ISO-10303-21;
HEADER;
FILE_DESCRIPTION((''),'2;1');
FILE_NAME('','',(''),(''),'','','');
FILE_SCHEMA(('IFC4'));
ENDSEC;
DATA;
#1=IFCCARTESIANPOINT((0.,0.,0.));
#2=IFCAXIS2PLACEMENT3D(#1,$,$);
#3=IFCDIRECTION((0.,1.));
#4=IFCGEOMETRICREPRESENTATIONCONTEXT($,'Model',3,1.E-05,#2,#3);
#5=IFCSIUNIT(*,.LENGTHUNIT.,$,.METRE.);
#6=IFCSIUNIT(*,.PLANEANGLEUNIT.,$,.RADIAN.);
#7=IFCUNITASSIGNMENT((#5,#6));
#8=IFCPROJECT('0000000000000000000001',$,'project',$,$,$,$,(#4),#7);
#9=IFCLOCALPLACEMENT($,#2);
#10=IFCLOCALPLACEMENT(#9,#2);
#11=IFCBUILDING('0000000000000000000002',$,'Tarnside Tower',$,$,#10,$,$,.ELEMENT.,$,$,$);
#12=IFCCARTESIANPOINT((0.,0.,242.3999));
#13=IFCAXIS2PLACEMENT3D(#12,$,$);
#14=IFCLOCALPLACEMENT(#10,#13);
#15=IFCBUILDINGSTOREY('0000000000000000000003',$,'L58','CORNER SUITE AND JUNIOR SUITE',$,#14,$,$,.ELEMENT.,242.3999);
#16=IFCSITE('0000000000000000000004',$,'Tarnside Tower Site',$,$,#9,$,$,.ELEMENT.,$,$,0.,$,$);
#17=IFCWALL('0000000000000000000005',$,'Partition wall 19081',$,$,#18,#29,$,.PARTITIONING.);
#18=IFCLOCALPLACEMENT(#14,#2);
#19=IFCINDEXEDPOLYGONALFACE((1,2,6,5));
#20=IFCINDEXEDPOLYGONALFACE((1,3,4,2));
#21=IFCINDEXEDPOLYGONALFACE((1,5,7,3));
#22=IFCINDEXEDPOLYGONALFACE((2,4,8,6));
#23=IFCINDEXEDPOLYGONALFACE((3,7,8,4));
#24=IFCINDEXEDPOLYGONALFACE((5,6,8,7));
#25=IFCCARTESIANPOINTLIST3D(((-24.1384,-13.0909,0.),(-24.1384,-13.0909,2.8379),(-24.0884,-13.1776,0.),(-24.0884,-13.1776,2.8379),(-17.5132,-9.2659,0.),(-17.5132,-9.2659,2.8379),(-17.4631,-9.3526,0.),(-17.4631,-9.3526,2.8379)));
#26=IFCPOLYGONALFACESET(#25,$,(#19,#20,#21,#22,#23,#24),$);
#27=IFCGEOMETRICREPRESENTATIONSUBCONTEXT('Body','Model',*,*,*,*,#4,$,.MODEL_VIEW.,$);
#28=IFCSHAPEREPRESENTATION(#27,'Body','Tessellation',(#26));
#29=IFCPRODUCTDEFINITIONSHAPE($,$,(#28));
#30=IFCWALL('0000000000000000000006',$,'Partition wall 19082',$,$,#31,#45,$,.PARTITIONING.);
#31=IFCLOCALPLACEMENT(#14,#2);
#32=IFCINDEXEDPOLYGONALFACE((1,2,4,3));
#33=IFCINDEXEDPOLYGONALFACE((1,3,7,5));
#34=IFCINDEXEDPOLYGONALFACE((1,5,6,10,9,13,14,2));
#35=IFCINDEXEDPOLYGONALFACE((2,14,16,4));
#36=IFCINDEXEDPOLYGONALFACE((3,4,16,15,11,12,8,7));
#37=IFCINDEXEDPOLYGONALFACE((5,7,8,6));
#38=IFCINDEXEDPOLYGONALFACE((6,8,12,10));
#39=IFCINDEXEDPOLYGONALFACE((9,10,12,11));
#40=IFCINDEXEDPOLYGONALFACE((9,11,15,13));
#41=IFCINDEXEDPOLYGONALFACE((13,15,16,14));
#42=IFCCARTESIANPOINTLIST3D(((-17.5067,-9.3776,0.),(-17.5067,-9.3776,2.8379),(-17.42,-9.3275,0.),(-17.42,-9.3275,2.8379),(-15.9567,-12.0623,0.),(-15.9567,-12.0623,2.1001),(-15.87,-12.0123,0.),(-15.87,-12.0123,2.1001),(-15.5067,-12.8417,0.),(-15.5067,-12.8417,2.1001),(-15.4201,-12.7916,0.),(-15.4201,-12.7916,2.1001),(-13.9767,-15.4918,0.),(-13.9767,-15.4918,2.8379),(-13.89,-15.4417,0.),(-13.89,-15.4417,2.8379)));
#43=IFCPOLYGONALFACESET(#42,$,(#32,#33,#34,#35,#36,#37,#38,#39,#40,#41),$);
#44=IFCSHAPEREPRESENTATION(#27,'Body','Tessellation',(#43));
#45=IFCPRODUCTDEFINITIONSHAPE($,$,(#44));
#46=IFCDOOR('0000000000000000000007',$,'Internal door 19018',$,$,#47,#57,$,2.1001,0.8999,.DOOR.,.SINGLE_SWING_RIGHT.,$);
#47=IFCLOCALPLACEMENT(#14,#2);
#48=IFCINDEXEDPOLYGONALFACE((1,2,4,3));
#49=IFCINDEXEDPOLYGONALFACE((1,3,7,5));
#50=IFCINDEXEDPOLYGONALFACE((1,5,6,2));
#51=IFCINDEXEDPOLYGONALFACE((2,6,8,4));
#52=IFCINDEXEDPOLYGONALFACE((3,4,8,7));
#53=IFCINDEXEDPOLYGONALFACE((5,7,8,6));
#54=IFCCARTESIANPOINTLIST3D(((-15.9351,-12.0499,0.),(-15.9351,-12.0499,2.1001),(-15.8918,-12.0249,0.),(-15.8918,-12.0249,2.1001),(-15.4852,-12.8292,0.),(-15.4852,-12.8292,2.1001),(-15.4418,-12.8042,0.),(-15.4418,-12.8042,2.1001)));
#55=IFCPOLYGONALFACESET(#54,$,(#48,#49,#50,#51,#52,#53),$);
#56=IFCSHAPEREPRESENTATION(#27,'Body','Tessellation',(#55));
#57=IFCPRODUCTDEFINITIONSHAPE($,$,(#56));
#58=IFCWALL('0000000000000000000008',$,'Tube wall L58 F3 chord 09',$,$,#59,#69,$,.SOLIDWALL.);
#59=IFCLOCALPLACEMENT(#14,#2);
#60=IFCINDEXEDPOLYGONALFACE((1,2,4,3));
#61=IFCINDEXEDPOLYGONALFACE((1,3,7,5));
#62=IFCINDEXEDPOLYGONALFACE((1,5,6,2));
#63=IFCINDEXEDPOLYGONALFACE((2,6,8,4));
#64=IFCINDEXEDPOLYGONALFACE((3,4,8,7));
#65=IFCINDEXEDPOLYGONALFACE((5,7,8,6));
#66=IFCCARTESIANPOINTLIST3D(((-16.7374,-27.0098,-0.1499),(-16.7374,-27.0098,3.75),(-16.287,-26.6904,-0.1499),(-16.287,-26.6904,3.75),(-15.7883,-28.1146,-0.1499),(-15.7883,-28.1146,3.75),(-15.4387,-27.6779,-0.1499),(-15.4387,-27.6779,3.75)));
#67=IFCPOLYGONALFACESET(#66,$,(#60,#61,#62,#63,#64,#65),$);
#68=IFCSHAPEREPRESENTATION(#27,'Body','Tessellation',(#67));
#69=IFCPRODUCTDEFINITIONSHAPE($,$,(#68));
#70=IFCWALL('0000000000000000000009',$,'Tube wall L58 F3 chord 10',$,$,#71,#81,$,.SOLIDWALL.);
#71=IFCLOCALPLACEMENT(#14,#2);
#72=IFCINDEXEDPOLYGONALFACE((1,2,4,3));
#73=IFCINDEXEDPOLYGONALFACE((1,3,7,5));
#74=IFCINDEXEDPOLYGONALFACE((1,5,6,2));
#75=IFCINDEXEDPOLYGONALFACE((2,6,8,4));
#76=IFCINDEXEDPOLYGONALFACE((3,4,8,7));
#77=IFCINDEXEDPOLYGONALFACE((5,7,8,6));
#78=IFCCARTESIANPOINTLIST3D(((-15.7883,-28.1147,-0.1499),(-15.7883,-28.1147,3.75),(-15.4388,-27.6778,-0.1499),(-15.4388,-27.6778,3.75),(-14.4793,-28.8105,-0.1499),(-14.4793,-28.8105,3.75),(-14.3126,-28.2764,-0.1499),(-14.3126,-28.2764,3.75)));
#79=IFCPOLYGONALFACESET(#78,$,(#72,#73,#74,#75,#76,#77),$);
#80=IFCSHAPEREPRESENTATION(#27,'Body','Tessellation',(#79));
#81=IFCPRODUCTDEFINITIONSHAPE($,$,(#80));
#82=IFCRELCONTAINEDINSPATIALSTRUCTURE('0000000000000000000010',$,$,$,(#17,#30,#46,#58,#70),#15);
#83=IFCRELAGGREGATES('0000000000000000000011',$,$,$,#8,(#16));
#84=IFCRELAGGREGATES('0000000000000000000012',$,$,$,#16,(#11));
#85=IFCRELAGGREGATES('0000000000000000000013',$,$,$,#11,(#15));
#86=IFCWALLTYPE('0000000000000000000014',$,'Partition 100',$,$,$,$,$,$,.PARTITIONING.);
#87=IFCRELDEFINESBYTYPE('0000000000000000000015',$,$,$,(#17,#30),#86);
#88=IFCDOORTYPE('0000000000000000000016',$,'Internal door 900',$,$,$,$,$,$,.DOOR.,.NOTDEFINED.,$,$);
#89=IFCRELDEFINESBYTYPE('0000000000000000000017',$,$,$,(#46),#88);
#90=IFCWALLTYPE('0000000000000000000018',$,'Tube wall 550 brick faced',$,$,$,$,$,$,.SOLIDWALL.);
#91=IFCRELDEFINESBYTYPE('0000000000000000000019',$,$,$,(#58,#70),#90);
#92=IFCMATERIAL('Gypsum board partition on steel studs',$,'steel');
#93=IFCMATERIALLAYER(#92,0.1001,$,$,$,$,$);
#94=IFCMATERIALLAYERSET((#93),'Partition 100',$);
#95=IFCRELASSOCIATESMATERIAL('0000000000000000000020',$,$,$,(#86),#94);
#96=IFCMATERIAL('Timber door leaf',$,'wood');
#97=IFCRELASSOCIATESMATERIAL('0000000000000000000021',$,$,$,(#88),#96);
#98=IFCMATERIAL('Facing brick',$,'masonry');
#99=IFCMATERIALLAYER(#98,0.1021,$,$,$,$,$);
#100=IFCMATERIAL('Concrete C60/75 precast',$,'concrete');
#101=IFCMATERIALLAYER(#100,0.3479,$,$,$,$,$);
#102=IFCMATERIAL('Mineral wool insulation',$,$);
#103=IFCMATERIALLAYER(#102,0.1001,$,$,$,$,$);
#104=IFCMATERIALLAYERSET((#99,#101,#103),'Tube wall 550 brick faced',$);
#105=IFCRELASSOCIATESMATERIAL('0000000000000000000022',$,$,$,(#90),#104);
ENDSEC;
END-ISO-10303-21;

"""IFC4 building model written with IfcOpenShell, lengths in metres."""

from ifc_helpers import new_model, si_unit, direction, frame, frame_2d, origin, place, context, subcontext, project, spatial, polyline, rectangle, outline, extrude, material, layer, layer_set, type_object, element, fill, save


model = new_model("IFC4")

# Units and contexts
model_context = context("Model", 3, precision=1e-05, world=origin(), true_north=direction((0.0, 1.0)))
body_context = subcontext(model_context, "Body", "Model", "MODEL_VIEW")
ifc_project = project(units=[si_unit("LENGTHUNIT", "METRE"), si_unit("PLANEANGLEUNIT", "RADIAN")], contexts=[model_context])

# Site, building, storey
site_placement = place(None, origin())
site = spatial("IfcSite", under=ifc_project, at=site_placement, Name="Tarnside Tower Site", CompositionType="ELEMENT", RefElevation=0.0)
building_placement = place(site_placement, origin())
building = spatial("IfcBuilding", under=site, at=building_placement, Name="Tarnside Tower", CompositionType="ELEMENT")
storey_placement = place(building_placement, frame((0.0, 0.0, 242.3999)))
storey = spatial("IfcBuildingStorey", under=building, at=storey_placement, Name="L58", Description="CORNER SUITE AND JUNIOR SUITE", CompositionType="ELEMENT", Elevation=242.3999)

# Wall
ifc_material_1 = material(Name="Gypsum board partition on steel studs", Category="steel")
ifc_layer_1 = layer(ifc_material_1, 0.1001)
ifc_layer_set_1 = layer_set([ifc_layer_1], Name="Partition 100")
wall_type_1 = type_object("IfcWallType", Name="Partition 100", PredefinedType="PARTITIONING", material=ifc_layer_set_1)
wall_1_placement = place(storey_placement, frame((-24.1135, -13.1343, 0.0), z_axis=(0.0, 0.0, 1.0), x_axis=(0.866033, 0.499987, 0.0)))
element("IfcWall", 1, at=wall_1_placement, inside=storey, type_object=wall_type_1, Name="Partition wall 19081", PredefinedType="PARTITIONING", context=body_context, shape_type="SweptSolid", body=[
    extrude(rectangle(XDim=7.6501, YDim=0.1001, at=frame_2d((3.8252, 0.0))), origin(), (0.0, 0.0, 1.0), 2.8379),
])

# Wall, opening, door
wall_2_placement = place(storey_placement, frame((-17.4634, -9.3525, 0.0), z_axis=(0.0, 0.0, 1.0), x_axis=(0.499996, -0.866028, 0.0)))
wall_2 = element("IfcWall", 2, at=wall_2_placement, inside=storey, type_object=wall_type_1, Name="Partition wall 19082", PredefinedType="PARTITIONING", context=body_context, shape_type="SweptSolid", body=[
    extrude(rectangle(XDim=7.0601, YDim=0.1001, at=frame_2d((3.53, 0.0))), origin(), (0.0, 0.0, 1.0), 2.8379),
])
opening_placement = place(wall_2_placement, frame((3.1001, 0.0, 0.0)))
opening = element("IfcOpeningElement", 3, at=opening_placement, cuts=wall_2, PredefinedType="OPENING", context=body_context, shape_type="SweptSolid", body=[
    extrude(rectangle(XDim=0.8999, YDim=2.1001, at=frame_2d((0.45, 1.05))), frame((0.0, 0.0601, 0.0), z_axis=(0.0, -1.0, 0.0), x_axis=(1.0, 0.0, 0.0)), (0.0, 0.0, 1.0), 0.1201),
])
ifc_material_2 = material(Name="Timber door leaf", Category="wood")
door_type = type_object("IfcDoorType", Name="Internal door 900", OperationType="NOTDEFINED", PredefinedType="DOOR", material=ifc_material_2)
door_placement = place(opening_placement, origin())
door = element("IfcDoor", 4, at=door_placement, inside=storey, type_object=door_type, Name="Internal door 19018", OperationType="SINGLE_SWING_RIGHT", OverallHeight=2.1001, OverallWidth=0.8999, PredefinedType="DOOR", context=body_context, shape_type="SweptSolid", body=[
    extrude(rectangle(XDim=0.8999, YDim=2.1001, at=frame_2d((0.45, 1.05))), frame((0.0, 0.0249, 0.0), z_axis=(0.0, -1.0, 0.0), x_axis=(1.0, 0.0, 0.0)), (0.0, 0.0, 1.0), 0.05),
])
fill(opening, door)

# Walls
ifc_material_3 = material(Name="Facing brick", Category="masonry")
ifc_layer_2 = layer(ifc_material_3, 0.1021)
ifc_material_4 = material(Name="Concrete C60/75 precast", Category="concrete")
ifc_layer_3 = layer(ifc_material_4, 0.3479)
ifc_material_5 = material(Name="Mineral wool insulation")
ifc_layer_4 = layer(ifc_material_5, 0.1001)
ifc_layer_set_2 = layer_set([ifc_layer_2, ifc_layer_3, ifc_layer_4], Name="Tube wall 550 brick faced")
wall_type_2 = type_object("IfcWallType", Name="Tube wall 550 brick faced", PredefinedType="SOLIDWALL", material=ifc_layer_set_2)
wall_3_placement = place(storey_placement, frame((-16.5122, -26.8501, -0.1499), z_axis=(0.0, 0.0, 1.0), x_axis=(0.651622, -0.758544, 0.0)))
element("IfcWall", 5, at=wall_3_placement, inside=storey, type_object=wall_type_2, Name="Tube wall L58 F3 chord 09", PredefinedType="SOLIDWALL", context=body_context, shape_type="SweptSolid", body=[
    extrude(outline(polyline([(-0.0256, -0.2749), (1.4309, -0.2749), (1.3274, 0.2749), (0.0256, 0.2749), (-0.0256, -0.2749)])), origin(), (0.0, 0.0, 1.0), 3.8999),
])
wall_4_placement = place(storey_placement, frame((-15.6135, -27.8962, -0.1499), z_axis=(0.0, 0.0, 1.0), x_axis=(0.882994, -0.469384, 0.0)))
element("IfcWall", 6, at=wall_4_placement, inside=storey, type_object=wall_type_2, Name="Tube wall L58 F3 chord 10", PredefinedType="SOLIDWALL", context=body_context, shape_type="SweptSolid", body=[
    extrude(outline(polyline([(-0.0518, -0.2749), (1.4307, -0.2749), (1.3271, 0.2749), (0.0518, 0.2749), (-0.0518, -0.2749)])), origin(), (0.0, 0.0, 1.0), 3.8999),
])

save(model, "model.ifc")
